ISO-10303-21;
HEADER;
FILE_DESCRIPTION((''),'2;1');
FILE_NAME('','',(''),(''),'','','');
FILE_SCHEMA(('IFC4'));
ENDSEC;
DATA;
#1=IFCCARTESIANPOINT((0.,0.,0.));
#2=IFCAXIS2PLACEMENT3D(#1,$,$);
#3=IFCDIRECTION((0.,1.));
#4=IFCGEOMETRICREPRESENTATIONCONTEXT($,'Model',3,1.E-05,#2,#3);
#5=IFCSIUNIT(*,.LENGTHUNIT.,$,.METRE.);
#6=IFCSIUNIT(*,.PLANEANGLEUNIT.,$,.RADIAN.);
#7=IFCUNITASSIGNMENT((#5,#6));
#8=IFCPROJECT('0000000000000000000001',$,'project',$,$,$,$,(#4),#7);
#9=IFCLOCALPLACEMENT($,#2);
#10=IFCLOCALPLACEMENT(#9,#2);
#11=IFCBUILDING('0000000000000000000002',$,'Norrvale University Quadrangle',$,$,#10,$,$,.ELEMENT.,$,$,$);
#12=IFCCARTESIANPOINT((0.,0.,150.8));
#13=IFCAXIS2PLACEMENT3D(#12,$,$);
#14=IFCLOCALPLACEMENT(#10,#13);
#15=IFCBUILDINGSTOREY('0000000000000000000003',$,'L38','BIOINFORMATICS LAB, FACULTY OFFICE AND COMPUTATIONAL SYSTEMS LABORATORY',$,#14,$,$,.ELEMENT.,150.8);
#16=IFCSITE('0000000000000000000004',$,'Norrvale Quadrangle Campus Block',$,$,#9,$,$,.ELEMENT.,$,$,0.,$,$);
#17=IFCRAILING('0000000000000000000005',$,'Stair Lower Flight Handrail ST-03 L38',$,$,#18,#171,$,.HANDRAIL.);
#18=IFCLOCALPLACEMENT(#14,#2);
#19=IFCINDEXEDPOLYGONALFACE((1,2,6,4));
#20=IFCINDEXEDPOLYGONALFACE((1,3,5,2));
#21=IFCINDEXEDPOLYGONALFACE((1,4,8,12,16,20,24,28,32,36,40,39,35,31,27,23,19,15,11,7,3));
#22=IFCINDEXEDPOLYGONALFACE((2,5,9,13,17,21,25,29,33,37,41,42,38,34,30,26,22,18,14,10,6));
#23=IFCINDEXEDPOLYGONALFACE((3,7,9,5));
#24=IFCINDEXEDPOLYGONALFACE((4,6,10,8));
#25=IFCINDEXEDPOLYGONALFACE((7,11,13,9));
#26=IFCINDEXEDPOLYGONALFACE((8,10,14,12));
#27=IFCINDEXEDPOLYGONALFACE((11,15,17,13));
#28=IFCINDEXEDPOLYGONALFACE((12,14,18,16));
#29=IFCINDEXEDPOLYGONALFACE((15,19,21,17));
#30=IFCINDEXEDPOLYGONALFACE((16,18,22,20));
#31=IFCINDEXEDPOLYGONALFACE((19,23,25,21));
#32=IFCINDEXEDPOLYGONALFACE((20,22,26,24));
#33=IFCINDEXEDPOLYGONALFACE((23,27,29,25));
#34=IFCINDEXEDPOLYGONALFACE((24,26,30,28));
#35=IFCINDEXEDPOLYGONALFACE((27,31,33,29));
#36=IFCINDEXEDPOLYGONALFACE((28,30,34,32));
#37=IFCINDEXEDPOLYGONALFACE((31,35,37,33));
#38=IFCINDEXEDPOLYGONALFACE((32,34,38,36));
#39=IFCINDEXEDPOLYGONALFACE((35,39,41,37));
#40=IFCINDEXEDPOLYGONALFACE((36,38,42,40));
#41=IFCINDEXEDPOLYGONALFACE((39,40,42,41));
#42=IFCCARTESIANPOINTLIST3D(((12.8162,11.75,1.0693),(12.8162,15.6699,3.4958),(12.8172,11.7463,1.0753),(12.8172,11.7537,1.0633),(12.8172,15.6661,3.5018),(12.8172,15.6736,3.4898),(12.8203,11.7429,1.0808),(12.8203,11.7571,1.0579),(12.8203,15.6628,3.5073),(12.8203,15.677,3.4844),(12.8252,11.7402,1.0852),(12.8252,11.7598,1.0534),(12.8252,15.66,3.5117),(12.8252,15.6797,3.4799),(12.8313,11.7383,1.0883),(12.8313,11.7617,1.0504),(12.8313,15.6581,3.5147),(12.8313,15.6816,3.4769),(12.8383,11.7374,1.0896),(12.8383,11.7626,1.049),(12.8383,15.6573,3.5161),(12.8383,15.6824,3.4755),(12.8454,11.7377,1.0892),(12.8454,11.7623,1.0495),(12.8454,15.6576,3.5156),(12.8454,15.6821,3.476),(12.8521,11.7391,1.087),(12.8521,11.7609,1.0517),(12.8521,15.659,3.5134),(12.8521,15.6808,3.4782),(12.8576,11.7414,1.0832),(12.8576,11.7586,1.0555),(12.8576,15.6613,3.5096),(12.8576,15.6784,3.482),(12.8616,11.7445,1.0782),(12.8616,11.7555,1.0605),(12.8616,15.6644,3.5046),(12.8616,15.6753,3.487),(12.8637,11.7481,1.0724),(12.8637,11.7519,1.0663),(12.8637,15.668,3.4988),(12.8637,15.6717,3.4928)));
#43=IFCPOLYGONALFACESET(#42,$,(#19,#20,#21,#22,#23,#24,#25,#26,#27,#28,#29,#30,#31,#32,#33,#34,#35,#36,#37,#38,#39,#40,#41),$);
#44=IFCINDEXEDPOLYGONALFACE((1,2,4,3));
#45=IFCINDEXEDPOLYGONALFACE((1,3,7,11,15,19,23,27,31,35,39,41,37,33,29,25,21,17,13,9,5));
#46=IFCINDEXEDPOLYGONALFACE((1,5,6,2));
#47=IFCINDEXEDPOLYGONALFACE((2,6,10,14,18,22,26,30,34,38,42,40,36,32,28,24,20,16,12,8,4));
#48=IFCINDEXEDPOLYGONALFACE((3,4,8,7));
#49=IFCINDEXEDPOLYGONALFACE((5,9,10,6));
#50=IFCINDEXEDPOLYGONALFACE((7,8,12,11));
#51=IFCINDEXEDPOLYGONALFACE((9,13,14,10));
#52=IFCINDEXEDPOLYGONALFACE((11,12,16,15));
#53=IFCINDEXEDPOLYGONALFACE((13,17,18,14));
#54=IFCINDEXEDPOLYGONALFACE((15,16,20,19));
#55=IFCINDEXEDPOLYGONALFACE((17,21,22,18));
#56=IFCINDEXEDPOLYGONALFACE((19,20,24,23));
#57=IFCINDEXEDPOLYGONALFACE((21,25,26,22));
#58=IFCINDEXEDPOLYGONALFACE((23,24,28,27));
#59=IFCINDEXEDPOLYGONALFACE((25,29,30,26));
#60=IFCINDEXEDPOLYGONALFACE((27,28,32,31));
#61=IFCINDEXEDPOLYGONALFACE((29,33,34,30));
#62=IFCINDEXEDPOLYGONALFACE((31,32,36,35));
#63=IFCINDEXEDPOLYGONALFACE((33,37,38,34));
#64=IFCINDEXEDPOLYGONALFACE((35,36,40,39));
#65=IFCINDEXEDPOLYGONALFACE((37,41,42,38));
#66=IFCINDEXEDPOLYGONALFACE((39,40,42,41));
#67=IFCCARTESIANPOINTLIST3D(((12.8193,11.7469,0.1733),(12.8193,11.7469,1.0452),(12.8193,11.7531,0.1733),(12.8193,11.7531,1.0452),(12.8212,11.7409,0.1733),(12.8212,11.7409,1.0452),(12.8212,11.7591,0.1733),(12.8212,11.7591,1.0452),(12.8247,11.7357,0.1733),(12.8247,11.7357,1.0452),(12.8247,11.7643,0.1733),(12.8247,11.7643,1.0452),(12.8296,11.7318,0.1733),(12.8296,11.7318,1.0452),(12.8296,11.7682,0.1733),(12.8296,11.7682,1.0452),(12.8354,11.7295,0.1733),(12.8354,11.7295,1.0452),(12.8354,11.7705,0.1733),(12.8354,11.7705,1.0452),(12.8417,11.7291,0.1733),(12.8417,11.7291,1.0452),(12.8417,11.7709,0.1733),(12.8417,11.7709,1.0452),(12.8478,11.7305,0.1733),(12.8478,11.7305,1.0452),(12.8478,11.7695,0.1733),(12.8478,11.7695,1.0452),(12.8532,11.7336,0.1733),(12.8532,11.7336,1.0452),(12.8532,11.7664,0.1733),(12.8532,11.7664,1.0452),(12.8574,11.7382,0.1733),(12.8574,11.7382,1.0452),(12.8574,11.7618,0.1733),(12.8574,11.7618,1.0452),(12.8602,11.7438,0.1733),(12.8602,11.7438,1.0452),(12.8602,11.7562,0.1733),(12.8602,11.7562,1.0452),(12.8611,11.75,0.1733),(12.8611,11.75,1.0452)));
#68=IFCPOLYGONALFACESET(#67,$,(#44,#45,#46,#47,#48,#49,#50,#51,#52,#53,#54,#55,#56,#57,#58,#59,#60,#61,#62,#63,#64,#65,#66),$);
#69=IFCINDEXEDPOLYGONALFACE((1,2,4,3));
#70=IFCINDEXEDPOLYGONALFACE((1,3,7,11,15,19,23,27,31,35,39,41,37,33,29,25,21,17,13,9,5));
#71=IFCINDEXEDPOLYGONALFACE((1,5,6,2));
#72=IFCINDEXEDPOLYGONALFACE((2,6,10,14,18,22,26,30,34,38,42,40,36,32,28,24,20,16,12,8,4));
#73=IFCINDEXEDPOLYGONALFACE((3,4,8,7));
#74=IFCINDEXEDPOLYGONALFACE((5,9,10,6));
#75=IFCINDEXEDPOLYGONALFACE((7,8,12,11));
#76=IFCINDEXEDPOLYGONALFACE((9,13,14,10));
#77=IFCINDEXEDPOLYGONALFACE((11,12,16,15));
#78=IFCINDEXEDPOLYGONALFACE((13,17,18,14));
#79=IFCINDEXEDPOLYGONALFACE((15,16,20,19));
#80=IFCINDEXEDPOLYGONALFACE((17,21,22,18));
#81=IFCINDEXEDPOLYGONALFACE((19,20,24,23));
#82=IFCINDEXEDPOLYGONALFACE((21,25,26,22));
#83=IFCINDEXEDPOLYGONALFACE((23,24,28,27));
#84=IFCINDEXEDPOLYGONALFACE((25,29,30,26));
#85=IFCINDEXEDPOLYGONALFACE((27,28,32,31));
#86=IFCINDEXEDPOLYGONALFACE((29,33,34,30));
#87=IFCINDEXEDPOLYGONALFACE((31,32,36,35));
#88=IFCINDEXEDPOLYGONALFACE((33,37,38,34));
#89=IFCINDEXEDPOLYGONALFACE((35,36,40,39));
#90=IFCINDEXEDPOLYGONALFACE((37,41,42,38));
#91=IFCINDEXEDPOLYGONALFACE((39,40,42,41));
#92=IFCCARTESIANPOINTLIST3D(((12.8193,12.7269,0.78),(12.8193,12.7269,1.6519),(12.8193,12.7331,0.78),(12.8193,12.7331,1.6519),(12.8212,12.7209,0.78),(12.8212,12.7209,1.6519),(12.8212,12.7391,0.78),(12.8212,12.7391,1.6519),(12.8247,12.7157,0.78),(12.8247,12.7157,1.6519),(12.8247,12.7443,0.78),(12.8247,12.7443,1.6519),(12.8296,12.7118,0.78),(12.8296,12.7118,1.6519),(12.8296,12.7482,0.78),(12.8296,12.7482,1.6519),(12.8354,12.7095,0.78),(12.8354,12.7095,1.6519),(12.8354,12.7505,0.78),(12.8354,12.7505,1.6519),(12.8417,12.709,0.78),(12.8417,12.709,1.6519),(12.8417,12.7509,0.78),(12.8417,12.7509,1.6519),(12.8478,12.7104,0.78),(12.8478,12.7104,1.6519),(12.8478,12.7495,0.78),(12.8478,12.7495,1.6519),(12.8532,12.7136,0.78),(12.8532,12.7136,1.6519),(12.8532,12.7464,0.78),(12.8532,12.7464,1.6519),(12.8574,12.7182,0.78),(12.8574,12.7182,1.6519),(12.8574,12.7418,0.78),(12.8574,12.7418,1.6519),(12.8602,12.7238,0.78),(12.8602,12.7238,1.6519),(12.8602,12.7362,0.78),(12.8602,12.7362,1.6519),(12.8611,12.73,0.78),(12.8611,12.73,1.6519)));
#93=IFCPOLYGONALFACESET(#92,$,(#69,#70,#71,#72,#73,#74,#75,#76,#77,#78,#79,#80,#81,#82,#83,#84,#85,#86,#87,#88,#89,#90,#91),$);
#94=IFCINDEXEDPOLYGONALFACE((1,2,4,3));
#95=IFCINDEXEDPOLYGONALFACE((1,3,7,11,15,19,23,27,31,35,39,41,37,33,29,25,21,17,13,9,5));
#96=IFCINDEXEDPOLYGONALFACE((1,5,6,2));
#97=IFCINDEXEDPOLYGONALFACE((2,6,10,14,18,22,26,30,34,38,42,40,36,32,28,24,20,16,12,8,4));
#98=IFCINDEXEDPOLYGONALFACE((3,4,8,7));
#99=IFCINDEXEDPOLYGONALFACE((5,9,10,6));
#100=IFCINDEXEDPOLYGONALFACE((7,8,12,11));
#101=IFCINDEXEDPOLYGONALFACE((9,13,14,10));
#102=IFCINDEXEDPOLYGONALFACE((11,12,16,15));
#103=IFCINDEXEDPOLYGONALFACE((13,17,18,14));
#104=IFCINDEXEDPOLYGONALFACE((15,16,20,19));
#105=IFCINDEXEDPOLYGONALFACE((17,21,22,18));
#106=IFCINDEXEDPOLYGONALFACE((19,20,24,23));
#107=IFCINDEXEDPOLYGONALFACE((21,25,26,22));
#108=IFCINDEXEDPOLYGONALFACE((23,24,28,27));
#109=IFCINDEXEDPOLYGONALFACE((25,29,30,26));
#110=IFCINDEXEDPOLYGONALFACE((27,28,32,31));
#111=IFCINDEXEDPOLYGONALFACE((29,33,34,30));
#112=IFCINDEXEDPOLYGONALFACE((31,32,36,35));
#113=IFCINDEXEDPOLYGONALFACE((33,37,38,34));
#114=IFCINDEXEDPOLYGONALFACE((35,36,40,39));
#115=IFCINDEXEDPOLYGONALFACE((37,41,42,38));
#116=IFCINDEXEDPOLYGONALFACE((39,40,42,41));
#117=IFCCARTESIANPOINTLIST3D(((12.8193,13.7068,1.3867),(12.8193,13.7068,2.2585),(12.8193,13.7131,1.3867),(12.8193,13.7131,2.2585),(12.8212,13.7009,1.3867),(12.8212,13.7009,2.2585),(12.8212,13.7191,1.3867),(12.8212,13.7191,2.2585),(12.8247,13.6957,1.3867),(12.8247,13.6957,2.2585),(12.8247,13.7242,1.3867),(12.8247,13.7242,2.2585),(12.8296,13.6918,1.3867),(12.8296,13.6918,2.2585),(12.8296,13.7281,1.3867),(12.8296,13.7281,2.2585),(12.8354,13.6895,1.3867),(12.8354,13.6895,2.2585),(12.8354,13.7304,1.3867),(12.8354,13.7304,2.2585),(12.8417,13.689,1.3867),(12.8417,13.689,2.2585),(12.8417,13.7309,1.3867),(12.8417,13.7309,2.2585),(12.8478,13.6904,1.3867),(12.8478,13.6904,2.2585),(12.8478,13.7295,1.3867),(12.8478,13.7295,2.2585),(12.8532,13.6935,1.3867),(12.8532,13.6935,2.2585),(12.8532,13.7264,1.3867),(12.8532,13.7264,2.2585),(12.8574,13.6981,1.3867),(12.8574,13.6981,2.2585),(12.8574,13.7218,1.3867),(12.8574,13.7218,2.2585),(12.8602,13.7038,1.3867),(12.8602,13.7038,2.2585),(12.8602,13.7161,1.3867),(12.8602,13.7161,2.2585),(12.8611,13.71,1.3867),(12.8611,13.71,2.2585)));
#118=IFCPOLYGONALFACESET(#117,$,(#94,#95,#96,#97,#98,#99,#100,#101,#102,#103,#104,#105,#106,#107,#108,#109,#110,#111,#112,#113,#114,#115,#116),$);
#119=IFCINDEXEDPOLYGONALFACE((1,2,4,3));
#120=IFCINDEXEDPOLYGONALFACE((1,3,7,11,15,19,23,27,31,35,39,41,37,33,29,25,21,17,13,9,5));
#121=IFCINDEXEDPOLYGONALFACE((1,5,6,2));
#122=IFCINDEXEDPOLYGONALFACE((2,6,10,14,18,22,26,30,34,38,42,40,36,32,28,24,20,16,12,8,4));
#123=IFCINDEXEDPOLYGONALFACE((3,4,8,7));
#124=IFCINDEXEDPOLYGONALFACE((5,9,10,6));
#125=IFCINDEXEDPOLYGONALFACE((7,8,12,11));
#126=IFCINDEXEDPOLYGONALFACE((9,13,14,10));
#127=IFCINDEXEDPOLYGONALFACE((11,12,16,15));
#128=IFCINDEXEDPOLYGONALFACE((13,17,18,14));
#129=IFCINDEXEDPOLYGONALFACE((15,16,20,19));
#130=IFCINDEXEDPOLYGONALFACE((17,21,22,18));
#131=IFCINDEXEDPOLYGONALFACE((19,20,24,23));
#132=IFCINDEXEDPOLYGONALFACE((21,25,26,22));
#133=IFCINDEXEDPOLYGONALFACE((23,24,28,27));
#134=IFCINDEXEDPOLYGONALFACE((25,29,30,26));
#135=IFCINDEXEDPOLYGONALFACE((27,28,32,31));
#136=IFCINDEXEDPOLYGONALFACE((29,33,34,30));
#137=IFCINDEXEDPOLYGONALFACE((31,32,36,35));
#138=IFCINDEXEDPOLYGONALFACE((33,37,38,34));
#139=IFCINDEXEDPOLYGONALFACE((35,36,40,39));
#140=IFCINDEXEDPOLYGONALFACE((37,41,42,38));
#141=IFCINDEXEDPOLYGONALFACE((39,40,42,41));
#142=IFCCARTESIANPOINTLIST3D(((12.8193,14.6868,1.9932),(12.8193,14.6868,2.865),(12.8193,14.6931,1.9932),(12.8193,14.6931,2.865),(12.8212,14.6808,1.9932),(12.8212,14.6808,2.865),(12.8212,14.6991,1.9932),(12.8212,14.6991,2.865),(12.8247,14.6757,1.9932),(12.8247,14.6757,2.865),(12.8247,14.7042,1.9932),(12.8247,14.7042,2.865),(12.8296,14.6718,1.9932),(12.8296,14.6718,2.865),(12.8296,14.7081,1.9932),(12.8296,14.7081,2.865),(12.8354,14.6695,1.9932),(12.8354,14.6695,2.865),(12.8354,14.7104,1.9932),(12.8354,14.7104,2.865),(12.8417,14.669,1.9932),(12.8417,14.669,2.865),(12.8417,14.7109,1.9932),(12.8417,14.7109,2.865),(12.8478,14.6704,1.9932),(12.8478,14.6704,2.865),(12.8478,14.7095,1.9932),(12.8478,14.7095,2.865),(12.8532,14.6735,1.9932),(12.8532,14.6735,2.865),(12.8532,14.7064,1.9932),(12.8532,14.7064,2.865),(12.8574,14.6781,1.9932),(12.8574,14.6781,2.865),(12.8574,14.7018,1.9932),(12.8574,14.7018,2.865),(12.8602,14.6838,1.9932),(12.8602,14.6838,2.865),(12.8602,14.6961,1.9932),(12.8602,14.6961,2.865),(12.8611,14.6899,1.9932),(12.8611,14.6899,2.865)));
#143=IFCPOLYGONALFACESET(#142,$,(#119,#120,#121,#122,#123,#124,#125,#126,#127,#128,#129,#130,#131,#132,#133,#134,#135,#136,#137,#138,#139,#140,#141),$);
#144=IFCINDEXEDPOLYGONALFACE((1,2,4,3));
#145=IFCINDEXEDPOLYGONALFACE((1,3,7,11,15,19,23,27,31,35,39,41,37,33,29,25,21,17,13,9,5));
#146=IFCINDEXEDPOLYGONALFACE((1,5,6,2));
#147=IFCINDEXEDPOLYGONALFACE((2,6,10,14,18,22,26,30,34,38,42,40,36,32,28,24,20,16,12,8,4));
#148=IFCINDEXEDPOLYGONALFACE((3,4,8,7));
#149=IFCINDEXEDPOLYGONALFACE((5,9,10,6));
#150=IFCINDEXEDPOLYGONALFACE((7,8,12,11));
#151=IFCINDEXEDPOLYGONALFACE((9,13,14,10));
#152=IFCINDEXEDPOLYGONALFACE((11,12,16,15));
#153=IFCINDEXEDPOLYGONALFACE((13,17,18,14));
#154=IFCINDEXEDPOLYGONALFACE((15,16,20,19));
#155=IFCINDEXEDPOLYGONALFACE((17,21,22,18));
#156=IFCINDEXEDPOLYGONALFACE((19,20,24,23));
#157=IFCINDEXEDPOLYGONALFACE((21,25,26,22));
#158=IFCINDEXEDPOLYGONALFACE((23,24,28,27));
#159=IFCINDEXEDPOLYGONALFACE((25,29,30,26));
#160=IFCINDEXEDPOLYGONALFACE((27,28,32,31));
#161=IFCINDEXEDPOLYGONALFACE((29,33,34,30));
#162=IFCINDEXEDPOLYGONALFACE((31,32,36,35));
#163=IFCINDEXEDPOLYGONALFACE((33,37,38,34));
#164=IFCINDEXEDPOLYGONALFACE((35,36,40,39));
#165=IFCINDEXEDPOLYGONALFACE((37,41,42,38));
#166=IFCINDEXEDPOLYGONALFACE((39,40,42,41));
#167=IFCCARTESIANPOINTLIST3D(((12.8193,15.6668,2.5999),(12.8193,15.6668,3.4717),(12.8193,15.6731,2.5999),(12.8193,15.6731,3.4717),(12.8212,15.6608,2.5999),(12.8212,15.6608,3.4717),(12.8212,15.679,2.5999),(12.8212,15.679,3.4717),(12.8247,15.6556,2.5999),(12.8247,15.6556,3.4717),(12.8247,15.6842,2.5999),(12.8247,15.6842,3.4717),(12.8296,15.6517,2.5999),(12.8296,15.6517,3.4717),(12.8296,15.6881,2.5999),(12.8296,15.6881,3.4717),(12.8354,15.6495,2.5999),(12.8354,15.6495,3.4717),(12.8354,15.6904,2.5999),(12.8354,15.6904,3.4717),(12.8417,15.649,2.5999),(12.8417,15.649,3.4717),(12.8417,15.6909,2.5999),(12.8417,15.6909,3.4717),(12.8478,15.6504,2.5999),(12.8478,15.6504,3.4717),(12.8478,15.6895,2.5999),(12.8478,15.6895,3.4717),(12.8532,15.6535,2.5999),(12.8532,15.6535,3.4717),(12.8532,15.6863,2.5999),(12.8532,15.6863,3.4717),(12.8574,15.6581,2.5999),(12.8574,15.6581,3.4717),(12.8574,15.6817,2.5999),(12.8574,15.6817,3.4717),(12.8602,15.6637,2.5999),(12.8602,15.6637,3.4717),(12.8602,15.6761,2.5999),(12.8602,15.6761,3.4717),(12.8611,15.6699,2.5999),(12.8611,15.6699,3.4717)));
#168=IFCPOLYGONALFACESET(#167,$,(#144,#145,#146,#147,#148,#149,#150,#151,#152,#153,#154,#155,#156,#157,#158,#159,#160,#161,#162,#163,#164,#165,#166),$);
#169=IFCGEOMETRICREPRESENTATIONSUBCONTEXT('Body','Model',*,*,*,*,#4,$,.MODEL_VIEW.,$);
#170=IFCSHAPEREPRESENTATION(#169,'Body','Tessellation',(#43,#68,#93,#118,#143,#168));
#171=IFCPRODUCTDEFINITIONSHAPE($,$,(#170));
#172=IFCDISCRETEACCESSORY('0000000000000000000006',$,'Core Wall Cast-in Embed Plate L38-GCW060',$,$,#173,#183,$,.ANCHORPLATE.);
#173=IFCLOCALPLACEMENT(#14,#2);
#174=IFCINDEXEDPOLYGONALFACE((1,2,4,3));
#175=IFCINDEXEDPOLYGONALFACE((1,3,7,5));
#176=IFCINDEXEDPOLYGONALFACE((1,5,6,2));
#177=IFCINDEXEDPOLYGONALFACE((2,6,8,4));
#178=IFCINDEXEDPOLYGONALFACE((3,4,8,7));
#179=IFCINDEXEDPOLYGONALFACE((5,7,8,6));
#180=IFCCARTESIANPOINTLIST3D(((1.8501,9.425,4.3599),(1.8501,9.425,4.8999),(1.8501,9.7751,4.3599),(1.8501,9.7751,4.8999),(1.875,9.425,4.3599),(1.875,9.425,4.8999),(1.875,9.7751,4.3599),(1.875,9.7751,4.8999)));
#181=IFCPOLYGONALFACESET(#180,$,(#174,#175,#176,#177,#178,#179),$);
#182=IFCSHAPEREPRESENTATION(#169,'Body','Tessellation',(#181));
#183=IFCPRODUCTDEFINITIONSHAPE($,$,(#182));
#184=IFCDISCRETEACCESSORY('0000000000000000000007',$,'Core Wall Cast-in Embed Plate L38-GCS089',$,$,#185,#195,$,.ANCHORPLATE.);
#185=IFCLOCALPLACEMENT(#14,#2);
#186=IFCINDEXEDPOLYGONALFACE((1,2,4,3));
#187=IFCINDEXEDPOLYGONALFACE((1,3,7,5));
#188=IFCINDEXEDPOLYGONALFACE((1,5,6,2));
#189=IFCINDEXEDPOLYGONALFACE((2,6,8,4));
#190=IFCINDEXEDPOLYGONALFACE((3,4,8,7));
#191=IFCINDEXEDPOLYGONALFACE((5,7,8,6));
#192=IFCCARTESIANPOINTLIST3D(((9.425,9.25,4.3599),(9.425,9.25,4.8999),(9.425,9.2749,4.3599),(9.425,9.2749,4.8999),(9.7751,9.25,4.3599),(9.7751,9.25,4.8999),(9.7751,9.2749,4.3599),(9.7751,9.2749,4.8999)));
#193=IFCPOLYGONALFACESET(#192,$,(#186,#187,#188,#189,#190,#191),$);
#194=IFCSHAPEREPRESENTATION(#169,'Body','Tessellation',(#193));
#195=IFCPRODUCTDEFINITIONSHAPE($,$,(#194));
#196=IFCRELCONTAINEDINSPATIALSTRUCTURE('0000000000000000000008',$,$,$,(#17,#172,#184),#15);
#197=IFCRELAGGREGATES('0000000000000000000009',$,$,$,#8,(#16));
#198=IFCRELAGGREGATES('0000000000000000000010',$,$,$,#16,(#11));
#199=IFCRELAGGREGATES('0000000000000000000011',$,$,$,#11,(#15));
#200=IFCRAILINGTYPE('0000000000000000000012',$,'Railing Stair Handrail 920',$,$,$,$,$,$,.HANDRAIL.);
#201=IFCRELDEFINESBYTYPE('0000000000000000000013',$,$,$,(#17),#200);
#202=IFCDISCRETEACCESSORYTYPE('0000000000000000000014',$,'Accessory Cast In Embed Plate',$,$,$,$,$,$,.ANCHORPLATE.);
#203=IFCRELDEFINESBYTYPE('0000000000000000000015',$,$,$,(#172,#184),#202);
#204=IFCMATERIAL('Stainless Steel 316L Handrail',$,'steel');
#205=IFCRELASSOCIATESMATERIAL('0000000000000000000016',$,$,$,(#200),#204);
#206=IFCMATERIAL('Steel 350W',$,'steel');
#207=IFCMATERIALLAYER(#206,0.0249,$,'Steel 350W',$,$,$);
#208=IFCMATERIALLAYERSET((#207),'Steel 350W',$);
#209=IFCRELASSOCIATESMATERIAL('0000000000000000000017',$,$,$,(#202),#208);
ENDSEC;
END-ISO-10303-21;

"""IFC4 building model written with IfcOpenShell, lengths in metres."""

from ifc_helpers import new_model, si_unit, direction, frame, origin, origin_2d, place, context, subcontext, project, spatial, rectangle, circle, extrude, material, layer, layer_set, type_object, element, save


model = new_model("IFC4")

# Units and contexts
model_context = context("Model", 3, precision=1e-05, world=origin(), true_north=direction((0.0, 1.0)))
body_context = subcontext(model_context, "Body", "Model", "MODEL_VIEW")
ifc_project = project(units=[si_unit("LENGTHUNIT", "METRE"), si_unit("PLANEANGLEUNIT", "RADIAN")], contexts=[model_context])

# Site, building, storey
site_placement = place(None, origin())
site = spatial("IfcSite", under=ifc_project, at=site_placement, Name="Norrvale Quadrangle Campus Block", CompositionType="ELEMENT", RefElevation=0.0)
building_placement = place(site_placement, origin())
building = spatial("IfcBuilding", under=site, at=building_placement, Name="Norrvale University Quadrangle", CompositionType="ELEMENT")
storey_placement = place(building_placement, frame((0.0, 0.0, 150.8)))
storey = spatial("IfcBuildingStorey", under=building, at=storey_placement, Name="L38", Description="BIOINFORMATICS LAB, FACULTY OFFICE AND COMPUTATIONAL SYSTEMS LABORATORY", CompositionType="ELEMENT", Elevation=150.8)

# Shared definitions
ifc_material_1 = material(Name="Steel 350W", Category="steel")

# Railing
ifc_material_2 = material(Name="Stainless Steel 316L Handrail", Category="steel")
railing_type_1 = type_object("IfcRailingType", Name="Railing Stair Handrail 920", PredefinedType="HANDRAIL", material=ifc_material_2)
for number, where, name in (
    (1, (12.8401, 11.75, 0.1733), "Stair Lower Flight Handrail ST-03 L38"),
):
    element("IfcRailing", number, at=place(storey_placement, frame(where)), inside=storey, type_object=railing_type_1, Name=name, PredefinedType="HANDRAIL", context=body_context, shape_type="SweptSolid", body=[
        extrude(circle(Radius=0.0239, at=origin_2d()), frame((0.0, 0.0, 0.896), z_axis=(0.0, 0.850275, 0.526338), x_axis=(-1.0, 0.0, 0.0)), (0.0, 0.0, 1.0), 4.6101),
        extrude(circle(Radius=0.021, at=origin_2d()), origin(), (0.0, 0.0, 1.0), 0.8718),
        extrude(circle(Radius=0.021, at=origin_2d()), frame((0.0, 0.98, 0.6067)), (0.0, 0.0, 1.0), 0.8718),
        extrude(circle(Radius=0.021, at=origin_2d()), frame((0.0, 1.96, 1.2134)), (0.0, 0.0, 1.0), 0.8718),
        extrude(circle(Radius=0.021, at=origin_2d()), frame((0.0, 2.9399, 1.8198)), (0.0, 0.0, 1.0), 0.8718),
        extrude(circle(Radius=0.021, at=origin_2d()), frame((0.0, 3.9199, 2.4265)), (0.0, 0.0, 1.0), 0.8718),
    ])

# Discrete accessories
ifc_layer_1 = layer(ifc_material_1, 0.0249, Name="Steel 350W")
ifc_layer_set_1 = layer_set([ifc_layer_1], Name="Steel 350W")
discrete_accessory_type = type_object("IfcDiscreteAccessoryType", Name="Accessory Cast In Embed Plate", PredefinedType="ANCHORPLATE", material=ifc_layer_set_1)
discrete_accessory_1_placement = place(storey_placement, frame((1.8625, 9.6001, 4.3599), z_axis=(0.0, 0.0, 1.0), x_axis=(1.0, 0.0, 0.0)))
element("IfcDiscreteAccessory", 2, at=discrete_accessory_1_placement, inside=storey, type_object=discrete_accessory_type, Name="Core Wall Cast-in Embed Plate L38-GCW060", PredefinedType="ANCHORPLATE", context=body_context, shape_type="SweptSolid", body=[
    extrude(rectangle(XDim=0.0249, YDim=0.3501, at=origin_2d()), origin(), (0.0, 0.0, 1.0), 0.54),
])
discrete_accessory_2_placement = place(storey_placement, frame((9.6001, 9.2625, 4.3599), z_axis=(0.0, 0.0, 1.0), x_axis=(1.0, 0.0, 0.0)))
element("IfcDiscreteAccessory", 3, at=discrete_accessory_2_placement, inside=storey, type_object=discrete_accessory_type, Name="Core Wall Cast-in Embed Plate L38-GCS089", PredefinedType="ANCHORPLATE", context=body_context, shape_type="SweptSolid", body=[
    extrude(rectangle(XDim=0.3501, YDim=0.0249, at=origin_2d()), origin(), (0.0, 0.0, 1.0), 0.54),
])

save(model, "model.ifc")
